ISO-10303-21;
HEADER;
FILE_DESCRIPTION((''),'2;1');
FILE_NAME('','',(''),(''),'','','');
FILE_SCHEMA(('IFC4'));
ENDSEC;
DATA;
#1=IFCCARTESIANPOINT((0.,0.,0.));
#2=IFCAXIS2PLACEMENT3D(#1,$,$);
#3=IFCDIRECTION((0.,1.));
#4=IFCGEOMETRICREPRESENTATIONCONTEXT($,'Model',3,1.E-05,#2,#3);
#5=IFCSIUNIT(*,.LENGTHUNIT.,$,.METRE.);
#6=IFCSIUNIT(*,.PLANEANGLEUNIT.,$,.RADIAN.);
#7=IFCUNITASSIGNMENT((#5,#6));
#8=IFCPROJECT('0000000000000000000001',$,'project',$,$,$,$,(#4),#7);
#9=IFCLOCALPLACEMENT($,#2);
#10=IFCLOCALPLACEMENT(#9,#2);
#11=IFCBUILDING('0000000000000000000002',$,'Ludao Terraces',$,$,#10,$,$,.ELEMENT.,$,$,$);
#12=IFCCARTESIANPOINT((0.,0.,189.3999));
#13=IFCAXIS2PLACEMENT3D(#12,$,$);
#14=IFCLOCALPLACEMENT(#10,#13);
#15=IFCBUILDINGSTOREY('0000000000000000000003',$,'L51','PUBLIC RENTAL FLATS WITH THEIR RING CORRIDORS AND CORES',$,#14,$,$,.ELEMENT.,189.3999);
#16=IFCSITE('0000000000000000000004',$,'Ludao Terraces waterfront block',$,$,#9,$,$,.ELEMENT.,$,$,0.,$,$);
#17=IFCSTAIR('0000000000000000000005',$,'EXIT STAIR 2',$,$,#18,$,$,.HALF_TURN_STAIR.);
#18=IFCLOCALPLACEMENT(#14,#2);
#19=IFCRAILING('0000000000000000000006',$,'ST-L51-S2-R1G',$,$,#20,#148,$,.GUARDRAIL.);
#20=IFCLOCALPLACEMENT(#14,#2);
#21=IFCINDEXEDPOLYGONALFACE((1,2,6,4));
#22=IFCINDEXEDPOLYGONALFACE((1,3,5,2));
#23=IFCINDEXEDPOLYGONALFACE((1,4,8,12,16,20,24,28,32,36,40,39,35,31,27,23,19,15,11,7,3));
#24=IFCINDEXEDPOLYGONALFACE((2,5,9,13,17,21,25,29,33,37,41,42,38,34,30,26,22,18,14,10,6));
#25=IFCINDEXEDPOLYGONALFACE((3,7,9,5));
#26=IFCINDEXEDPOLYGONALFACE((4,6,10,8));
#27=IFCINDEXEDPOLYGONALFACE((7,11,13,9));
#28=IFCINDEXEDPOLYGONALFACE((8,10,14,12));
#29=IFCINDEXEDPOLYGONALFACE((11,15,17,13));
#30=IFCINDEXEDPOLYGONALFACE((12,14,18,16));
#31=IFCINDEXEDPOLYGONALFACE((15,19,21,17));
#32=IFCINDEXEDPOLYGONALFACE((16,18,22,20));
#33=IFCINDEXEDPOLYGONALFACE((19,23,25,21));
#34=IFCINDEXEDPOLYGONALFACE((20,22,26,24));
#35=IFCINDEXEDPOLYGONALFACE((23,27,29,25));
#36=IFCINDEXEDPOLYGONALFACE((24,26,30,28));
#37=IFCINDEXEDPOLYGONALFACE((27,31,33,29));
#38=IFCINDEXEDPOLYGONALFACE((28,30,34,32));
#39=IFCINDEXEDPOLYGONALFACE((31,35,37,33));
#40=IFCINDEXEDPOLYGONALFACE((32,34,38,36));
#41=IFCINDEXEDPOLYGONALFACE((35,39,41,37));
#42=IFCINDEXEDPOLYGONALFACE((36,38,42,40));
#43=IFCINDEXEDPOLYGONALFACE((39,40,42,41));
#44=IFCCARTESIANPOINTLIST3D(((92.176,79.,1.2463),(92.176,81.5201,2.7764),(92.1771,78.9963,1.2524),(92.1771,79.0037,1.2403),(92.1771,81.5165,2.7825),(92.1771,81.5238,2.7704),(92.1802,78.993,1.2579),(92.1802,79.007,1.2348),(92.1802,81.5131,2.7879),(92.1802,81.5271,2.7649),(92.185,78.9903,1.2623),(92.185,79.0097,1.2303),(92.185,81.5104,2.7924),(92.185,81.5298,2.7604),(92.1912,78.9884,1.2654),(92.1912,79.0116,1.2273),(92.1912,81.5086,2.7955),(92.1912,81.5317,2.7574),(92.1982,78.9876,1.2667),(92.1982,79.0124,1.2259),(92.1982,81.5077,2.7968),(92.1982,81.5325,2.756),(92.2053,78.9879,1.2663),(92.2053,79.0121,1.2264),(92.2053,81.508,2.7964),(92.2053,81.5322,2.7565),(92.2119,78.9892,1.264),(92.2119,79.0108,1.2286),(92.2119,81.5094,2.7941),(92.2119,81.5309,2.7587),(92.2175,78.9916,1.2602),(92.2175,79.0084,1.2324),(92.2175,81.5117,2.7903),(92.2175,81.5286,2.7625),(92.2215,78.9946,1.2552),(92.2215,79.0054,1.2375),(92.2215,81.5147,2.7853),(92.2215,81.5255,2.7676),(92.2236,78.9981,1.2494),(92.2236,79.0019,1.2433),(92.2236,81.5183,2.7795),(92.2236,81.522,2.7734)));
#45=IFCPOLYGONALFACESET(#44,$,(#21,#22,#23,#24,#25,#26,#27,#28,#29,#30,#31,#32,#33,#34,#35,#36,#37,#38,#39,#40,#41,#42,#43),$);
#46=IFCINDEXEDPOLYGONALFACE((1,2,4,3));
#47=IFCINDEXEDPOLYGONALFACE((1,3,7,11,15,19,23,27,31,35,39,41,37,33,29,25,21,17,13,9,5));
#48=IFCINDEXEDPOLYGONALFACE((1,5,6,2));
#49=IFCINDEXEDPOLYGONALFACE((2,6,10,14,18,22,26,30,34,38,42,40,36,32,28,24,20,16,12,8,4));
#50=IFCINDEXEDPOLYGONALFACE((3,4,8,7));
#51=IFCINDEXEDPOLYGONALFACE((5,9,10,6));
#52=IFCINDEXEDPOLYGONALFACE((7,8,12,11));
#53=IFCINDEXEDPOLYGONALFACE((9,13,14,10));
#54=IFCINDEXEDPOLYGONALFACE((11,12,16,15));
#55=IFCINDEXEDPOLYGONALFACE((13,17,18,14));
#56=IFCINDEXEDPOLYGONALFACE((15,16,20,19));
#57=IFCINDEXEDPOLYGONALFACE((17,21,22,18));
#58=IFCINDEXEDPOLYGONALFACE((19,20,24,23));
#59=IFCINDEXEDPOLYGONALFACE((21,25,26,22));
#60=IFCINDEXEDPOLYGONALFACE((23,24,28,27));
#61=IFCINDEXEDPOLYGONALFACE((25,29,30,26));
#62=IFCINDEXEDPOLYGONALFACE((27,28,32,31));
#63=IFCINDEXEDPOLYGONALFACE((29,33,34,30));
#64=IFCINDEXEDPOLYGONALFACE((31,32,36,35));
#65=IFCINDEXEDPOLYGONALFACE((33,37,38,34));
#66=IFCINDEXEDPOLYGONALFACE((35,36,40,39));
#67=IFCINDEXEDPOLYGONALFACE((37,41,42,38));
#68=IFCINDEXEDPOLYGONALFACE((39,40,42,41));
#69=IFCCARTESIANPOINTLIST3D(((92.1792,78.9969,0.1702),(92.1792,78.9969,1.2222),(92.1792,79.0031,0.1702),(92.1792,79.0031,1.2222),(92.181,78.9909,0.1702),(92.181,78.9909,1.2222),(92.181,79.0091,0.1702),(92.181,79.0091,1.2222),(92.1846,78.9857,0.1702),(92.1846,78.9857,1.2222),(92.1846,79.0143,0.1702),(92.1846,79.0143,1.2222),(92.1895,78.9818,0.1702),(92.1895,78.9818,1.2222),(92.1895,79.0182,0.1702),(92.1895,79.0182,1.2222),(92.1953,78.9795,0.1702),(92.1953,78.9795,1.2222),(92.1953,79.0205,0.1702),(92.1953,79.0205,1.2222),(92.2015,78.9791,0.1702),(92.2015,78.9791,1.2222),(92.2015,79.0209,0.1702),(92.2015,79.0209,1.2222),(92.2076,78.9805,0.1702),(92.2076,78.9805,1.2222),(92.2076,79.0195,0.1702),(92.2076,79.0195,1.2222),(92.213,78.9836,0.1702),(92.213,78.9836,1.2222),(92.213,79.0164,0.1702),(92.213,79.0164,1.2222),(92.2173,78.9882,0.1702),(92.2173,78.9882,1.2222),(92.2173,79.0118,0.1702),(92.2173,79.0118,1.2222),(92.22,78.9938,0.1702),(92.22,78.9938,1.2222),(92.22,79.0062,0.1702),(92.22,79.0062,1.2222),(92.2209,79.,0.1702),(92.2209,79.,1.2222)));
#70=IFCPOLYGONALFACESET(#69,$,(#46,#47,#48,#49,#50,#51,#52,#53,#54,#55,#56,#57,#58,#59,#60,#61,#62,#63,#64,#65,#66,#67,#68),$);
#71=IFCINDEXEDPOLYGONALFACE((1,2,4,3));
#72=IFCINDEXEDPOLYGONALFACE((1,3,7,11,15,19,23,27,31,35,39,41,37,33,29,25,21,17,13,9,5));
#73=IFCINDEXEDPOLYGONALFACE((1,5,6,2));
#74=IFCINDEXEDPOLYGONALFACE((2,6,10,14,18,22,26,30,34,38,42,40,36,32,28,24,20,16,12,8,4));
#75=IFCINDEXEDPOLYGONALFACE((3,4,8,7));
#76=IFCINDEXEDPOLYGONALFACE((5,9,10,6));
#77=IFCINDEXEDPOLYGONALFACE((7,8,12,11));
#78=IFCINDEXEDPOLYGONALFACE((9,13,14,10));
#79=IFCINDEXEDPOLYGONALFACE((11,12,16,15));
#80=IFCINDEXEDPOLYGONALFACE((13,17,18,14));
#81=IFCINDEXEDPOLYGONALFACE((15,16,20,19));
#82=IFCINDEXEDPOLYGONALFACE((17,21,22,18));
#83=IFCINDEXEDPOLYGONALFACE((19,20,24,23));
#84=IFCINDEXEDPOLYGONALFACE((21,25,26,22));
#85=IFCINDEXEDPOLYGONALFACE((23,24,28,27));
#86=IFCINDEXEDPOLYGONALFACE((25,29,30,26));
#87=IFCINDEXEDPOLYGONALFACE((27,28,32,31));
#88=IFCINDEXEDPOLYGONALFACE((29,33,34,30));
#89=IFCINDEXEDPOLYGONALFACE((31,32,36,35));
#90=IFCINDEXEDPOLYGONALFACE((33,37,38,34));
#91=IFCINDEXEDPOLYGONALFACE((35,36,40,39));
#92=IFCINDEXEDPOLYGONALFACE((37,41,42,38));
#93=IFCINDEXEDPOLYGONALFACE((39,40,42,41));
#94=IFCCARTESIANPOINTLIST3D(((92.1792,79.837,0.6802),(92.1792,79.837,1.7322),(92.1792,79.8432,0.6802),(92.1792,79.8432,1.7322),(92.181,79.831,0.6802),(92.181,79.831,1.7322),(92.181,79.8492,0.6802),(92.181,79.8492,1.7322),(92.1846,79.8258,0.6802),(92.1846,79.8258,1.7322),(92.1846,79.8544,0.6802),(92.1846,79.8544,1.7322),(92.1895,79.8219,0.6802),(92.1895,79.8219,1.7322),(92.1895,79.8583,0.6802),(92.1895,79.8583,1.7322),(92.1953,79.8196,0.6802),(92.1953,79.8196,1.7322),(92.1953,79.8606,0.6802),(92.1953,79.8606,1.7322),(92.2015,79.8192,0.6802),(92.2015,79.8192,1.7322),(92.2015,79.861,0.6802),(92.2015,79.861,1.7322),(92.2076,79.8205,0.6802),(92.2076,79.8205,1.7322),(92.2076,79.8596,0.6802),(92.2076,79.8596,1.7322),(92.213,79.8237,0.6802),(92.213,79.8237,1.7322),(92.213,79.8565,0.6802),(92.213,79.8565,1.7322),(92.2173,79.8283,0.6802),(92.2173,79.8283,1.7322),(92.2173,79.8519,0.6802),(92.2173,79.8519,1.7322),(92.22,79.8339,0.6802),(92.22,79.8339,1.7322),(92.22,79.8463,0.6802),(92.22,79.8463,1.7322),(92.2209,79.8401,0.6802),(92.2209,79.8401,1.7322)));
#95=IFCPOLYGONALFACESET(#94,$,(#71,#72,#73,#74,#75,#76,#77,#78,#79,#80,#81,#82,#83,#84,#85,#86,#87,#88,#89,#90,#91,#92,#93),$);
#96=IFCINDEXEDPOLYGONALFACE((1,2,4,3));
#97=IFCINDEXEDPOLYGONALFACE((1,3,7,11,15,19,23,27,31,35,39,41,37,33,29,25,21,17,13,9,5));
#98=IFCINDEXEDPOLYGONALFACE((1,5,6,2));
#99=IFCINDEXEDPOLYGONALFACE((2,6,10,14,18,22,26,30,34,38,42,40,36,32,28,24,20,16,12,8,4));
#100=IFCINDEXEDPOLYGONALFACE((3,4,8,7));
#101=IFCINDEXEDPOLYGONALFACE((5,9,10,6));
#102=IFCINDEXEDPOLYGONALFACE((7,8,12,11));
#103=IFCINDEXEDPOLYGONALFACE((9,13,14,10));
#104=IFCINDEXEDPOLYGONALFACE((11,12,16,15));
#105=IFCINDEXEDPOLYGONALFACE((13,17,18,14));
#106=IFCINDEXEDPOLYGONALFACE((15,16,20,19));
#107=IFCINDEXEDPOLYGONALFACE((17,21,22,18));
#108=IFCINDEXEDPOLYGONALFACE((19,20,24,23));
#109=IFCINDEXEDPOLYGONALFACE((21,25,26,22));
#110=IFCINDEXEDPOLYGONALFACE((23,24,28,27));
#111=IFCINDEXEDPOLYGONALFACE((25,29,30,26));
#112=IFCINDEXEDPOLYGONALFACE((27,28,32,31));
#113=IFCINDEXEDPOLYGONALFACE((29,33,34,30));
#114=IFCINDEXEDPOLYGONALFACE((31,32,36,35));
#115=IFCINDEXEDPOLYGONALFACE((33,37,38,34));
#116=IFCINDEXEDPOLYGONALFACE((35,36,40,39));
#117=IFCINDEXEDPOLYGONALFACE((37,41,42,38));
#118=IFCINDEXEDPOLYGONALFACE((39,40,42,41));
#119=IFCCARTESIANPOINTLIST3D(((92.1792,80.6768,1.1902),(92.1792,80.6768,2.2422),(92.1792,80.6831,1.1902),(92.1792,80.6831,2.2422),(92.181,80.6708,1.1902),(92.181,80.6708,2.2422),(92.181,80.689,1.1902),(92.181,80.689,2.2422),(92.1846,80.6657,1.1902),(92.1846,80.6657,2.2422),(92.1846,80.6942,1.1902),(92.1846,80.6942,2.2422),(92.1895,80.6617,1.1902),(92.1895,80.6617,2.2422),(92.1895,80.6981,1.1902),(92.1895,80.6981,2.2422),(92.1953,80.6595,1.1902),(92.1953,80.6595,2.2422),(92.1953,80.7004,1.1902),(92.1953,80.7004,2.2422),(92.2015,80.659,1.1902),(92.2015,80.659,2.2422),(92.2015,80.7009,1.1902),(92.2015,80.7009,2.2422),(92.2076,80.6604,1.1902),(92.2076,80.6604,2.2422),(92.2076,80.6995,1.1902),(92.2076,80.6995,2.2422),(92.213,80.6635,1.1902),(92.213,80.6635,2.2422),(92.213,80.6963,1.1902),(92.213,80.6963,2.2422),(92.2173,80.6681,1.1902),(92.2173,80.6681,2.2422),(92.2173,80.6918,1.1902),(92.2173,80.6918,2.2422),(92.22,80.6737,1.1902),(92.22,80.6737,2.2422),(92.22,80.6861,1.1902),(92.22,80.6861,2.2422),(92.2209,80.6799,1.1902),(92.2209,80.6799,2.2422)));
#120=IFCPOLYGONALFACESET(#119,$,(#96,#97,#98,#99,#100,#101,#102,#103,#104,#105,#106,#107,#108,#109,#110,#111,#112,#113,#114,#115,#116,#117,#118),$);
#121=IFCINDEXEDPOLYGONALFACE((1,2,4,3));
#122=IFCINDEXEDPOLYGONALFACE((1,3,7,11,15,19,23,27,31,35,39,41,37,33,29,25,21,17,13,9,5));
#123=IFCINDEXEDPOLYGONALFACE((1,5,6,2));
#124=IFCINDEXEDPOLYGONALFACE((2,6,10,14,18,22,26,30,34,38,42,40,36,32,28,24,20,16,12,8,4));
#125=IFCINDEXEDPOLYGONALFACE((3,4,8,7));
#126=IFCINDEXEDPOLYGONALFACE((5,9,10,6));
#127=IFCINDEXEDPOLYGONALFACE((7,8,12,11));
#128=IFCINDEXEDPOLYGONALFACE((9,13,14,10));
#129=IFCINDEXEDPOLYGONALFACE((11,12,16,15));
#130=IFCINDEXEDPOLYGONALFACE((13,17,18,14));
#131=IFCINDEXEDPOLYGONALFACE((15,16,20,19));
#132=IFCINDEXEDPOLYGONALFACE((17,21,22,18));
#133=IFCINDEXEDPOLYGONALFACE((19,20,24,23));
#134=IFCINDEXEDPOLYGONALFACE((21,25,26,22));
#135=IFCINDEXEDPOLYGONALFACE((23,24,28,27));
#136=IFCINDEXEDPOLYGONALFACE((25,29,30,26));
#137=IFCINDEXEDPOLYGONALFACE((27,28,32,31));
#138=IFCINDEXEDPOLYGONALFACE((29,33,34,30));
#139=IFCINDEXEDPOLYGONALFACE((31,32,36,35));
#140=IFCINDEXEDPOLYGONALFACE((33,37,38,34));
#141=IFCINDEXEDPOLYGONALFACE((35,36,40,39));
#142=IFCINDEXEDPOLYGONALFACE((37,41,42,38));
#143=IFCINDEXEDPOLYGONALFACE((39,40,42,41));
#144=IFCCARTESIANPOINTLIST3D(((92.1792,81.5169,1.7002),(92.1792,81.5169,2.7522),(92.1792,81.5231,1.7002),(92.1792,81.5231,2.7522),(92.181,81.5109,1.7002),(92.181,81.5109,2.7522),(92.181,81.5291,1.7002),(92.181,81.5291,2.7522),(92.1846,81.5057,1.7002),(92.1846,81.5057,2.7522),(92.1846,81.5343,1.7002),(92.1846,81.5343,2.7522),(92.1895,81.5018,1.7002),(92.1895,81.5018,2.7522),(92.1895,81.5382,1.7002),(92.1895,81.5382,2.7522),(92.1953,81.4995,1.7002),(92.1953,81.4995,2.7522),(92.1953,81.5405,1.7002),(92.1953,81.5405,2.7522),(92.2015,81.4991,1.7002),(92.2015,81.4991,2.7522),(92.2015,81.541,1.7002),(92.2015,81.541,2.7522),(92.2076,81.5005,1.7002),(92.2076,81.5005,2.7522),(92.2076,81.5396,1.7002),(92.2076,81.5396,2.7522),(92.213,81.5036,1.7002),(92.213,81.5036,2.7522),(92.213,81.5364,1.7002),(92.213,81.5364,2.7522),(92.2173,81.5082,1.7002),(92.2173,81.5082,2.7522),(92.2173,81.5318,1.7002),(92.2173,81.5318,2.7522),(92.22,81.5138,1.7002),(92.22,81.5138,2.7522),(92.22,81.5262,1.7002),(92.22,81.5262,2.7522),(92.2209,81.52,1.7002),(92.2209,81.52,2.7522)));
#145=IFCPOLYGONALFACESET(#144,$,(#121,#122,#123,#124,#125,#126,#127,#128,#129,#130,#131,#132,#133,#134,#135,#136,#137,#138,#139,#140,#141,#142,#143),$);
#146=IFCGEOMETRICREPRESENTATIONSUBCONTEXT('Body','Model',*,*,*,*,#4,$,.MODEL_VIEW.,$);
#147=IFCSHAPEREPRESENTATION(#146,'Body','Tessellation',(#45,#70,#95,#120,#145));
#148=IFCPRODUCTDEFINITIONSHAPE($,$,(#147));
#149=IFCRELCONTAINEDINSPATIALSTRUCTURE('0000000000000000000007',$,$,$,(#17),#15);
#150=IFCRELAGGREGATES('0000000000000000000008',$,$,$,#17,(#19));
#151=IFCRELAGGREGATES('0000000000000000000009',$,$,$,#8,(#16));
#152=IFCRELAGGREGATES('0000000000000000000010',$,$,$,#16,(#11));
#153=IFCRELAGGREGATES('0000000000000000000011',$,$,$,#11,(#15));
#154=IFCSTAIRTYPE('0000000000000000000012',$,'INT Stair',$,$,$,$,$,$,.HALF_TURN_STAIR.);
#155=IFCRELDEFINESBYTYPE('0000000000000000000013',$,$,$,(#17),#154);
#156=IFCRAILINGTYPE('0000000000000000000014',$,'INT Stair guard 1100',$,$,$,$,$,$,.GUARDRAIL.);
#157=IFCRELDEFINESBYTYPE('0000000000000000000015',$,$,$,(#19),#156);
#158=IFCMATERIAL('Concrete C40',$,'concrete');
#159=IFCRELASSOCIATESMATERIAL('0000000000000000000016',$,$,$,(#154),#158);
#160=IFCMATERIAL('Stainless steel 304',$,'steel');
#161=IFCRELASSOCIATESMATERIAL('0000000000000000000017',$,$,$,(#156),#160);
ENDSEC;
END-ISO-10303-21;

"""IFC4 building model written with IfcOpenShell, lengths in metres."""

from ifc_helpers import new_model, si_unit, direction, frame, origin, origin_2d, place, context, subcontext, project, spatial, circle, extrude, material, type_object, element, aggregate, save


model = new_model("IFC4")

# Units and contexts
model_context = context("Model", 3, precision=1e-05, world=origin(), true_north=direction((0.0, 1.0)))
body_context = subcontext(model_context, "Body", "Model", "MODEL_VIEW")
ifc_project = project(units=[si_unit("LENGTHUNIT", "METRE"), si_unit("PLANEANGLEUNIT", "RADIAN")], contexts=[model_context])

# Site, building, storey
site_placement = place(None, origin())
site = spatial("IfcSite", under=ifc_project, at=site_placement, Name="Ludao Terraces waterfront block", CompositionType="ELEMENT", RefElevation=0.0)
building_placement = place(site_placement, origin())
building = spatial("IfcBuilding", under=site, at=building_placement, Name="Ludao Terraces", CompositionType="ELEMENT")
storey_placement = place(building_placement, frame((0.0, 0.0, 189.3999)))
storey = spatial("IfcBuildingStorey", under=building, at=storey_placement, Name="L51", Description="PUBLIC RENTAL FLATS WITH THEIR RING CORRIDORS AND CORES", CompositionType="ELEMENT", Elevation=189.3999)

# Shared definitions
ifc_material_1 = material(Name="Concrete C40", Category="concrete")

# Shared definitions
ifc_material_2 = material(Name="Stainless steel 304", Category="steel")

# Stair, railing
stair_type = type_object("IfcStairType", Name="INT Stair", PredefinedType="HALF_TURN_STAIR", material=ifc_material_1)
stair_placement = place(storey_placement, origin())
stair = element("IfcStair", 1, at=stair_placement, inside=storey, type_object=stair_type, Name="EXIT STAIR 2", PredefinedType="HALF_TURN_STAIR")
railing_type_1 = type_object("IfcRailingType", Name="INT Stair guard 1100", PredefinedType="GUARDRAIL", material=ifc_material_2)
railing_1_placement = place(storey_placement, frame((92.2, 79.0, 0.1702)))
railing_1 = element("IfcRailing", 2, at=railing_1_placement, type_object=railing_type_1, Name="ST-L51-S2-R1G", PredefinedType="GUARDRAIL", context=body_context, shape_type="SweptSolid", body=[
    extrude(circle(Radius=0.0239, at=origin_2d()), frame((0.0, 0.0, 1.0762), z_axis=(0.0, 0.854785, 0.518982), x_axis=(-1.0, 0.0, 0.0)), (0.0, 0.0, 1.0), 2.9482),
    extrude(circle(Radius=0.021, at=origin_2d()), origin(), (0.0, 0.0, 1.0), 1.052),
    extrude(circle(Radius=0.021, at=origin_2d()), frame((0.0, 0.8401, 0.51)), (0.0, 0.0, 1.0), 1.052),
    extrude(circle(Radius=0.021, at=origin_2d()), frame((0.0, 1.6799, 1.02)), (0.0, 0.0, 1.0), 1.052),
    extrude(circle(Radius=0.021, at=origin_2d()), frame((0.0, 2.52, 1.53)), (0.0, 0.0, 1.0), 1.052),
])
aggregate(stair, [railing_1])

save(model, "model.ifc")
